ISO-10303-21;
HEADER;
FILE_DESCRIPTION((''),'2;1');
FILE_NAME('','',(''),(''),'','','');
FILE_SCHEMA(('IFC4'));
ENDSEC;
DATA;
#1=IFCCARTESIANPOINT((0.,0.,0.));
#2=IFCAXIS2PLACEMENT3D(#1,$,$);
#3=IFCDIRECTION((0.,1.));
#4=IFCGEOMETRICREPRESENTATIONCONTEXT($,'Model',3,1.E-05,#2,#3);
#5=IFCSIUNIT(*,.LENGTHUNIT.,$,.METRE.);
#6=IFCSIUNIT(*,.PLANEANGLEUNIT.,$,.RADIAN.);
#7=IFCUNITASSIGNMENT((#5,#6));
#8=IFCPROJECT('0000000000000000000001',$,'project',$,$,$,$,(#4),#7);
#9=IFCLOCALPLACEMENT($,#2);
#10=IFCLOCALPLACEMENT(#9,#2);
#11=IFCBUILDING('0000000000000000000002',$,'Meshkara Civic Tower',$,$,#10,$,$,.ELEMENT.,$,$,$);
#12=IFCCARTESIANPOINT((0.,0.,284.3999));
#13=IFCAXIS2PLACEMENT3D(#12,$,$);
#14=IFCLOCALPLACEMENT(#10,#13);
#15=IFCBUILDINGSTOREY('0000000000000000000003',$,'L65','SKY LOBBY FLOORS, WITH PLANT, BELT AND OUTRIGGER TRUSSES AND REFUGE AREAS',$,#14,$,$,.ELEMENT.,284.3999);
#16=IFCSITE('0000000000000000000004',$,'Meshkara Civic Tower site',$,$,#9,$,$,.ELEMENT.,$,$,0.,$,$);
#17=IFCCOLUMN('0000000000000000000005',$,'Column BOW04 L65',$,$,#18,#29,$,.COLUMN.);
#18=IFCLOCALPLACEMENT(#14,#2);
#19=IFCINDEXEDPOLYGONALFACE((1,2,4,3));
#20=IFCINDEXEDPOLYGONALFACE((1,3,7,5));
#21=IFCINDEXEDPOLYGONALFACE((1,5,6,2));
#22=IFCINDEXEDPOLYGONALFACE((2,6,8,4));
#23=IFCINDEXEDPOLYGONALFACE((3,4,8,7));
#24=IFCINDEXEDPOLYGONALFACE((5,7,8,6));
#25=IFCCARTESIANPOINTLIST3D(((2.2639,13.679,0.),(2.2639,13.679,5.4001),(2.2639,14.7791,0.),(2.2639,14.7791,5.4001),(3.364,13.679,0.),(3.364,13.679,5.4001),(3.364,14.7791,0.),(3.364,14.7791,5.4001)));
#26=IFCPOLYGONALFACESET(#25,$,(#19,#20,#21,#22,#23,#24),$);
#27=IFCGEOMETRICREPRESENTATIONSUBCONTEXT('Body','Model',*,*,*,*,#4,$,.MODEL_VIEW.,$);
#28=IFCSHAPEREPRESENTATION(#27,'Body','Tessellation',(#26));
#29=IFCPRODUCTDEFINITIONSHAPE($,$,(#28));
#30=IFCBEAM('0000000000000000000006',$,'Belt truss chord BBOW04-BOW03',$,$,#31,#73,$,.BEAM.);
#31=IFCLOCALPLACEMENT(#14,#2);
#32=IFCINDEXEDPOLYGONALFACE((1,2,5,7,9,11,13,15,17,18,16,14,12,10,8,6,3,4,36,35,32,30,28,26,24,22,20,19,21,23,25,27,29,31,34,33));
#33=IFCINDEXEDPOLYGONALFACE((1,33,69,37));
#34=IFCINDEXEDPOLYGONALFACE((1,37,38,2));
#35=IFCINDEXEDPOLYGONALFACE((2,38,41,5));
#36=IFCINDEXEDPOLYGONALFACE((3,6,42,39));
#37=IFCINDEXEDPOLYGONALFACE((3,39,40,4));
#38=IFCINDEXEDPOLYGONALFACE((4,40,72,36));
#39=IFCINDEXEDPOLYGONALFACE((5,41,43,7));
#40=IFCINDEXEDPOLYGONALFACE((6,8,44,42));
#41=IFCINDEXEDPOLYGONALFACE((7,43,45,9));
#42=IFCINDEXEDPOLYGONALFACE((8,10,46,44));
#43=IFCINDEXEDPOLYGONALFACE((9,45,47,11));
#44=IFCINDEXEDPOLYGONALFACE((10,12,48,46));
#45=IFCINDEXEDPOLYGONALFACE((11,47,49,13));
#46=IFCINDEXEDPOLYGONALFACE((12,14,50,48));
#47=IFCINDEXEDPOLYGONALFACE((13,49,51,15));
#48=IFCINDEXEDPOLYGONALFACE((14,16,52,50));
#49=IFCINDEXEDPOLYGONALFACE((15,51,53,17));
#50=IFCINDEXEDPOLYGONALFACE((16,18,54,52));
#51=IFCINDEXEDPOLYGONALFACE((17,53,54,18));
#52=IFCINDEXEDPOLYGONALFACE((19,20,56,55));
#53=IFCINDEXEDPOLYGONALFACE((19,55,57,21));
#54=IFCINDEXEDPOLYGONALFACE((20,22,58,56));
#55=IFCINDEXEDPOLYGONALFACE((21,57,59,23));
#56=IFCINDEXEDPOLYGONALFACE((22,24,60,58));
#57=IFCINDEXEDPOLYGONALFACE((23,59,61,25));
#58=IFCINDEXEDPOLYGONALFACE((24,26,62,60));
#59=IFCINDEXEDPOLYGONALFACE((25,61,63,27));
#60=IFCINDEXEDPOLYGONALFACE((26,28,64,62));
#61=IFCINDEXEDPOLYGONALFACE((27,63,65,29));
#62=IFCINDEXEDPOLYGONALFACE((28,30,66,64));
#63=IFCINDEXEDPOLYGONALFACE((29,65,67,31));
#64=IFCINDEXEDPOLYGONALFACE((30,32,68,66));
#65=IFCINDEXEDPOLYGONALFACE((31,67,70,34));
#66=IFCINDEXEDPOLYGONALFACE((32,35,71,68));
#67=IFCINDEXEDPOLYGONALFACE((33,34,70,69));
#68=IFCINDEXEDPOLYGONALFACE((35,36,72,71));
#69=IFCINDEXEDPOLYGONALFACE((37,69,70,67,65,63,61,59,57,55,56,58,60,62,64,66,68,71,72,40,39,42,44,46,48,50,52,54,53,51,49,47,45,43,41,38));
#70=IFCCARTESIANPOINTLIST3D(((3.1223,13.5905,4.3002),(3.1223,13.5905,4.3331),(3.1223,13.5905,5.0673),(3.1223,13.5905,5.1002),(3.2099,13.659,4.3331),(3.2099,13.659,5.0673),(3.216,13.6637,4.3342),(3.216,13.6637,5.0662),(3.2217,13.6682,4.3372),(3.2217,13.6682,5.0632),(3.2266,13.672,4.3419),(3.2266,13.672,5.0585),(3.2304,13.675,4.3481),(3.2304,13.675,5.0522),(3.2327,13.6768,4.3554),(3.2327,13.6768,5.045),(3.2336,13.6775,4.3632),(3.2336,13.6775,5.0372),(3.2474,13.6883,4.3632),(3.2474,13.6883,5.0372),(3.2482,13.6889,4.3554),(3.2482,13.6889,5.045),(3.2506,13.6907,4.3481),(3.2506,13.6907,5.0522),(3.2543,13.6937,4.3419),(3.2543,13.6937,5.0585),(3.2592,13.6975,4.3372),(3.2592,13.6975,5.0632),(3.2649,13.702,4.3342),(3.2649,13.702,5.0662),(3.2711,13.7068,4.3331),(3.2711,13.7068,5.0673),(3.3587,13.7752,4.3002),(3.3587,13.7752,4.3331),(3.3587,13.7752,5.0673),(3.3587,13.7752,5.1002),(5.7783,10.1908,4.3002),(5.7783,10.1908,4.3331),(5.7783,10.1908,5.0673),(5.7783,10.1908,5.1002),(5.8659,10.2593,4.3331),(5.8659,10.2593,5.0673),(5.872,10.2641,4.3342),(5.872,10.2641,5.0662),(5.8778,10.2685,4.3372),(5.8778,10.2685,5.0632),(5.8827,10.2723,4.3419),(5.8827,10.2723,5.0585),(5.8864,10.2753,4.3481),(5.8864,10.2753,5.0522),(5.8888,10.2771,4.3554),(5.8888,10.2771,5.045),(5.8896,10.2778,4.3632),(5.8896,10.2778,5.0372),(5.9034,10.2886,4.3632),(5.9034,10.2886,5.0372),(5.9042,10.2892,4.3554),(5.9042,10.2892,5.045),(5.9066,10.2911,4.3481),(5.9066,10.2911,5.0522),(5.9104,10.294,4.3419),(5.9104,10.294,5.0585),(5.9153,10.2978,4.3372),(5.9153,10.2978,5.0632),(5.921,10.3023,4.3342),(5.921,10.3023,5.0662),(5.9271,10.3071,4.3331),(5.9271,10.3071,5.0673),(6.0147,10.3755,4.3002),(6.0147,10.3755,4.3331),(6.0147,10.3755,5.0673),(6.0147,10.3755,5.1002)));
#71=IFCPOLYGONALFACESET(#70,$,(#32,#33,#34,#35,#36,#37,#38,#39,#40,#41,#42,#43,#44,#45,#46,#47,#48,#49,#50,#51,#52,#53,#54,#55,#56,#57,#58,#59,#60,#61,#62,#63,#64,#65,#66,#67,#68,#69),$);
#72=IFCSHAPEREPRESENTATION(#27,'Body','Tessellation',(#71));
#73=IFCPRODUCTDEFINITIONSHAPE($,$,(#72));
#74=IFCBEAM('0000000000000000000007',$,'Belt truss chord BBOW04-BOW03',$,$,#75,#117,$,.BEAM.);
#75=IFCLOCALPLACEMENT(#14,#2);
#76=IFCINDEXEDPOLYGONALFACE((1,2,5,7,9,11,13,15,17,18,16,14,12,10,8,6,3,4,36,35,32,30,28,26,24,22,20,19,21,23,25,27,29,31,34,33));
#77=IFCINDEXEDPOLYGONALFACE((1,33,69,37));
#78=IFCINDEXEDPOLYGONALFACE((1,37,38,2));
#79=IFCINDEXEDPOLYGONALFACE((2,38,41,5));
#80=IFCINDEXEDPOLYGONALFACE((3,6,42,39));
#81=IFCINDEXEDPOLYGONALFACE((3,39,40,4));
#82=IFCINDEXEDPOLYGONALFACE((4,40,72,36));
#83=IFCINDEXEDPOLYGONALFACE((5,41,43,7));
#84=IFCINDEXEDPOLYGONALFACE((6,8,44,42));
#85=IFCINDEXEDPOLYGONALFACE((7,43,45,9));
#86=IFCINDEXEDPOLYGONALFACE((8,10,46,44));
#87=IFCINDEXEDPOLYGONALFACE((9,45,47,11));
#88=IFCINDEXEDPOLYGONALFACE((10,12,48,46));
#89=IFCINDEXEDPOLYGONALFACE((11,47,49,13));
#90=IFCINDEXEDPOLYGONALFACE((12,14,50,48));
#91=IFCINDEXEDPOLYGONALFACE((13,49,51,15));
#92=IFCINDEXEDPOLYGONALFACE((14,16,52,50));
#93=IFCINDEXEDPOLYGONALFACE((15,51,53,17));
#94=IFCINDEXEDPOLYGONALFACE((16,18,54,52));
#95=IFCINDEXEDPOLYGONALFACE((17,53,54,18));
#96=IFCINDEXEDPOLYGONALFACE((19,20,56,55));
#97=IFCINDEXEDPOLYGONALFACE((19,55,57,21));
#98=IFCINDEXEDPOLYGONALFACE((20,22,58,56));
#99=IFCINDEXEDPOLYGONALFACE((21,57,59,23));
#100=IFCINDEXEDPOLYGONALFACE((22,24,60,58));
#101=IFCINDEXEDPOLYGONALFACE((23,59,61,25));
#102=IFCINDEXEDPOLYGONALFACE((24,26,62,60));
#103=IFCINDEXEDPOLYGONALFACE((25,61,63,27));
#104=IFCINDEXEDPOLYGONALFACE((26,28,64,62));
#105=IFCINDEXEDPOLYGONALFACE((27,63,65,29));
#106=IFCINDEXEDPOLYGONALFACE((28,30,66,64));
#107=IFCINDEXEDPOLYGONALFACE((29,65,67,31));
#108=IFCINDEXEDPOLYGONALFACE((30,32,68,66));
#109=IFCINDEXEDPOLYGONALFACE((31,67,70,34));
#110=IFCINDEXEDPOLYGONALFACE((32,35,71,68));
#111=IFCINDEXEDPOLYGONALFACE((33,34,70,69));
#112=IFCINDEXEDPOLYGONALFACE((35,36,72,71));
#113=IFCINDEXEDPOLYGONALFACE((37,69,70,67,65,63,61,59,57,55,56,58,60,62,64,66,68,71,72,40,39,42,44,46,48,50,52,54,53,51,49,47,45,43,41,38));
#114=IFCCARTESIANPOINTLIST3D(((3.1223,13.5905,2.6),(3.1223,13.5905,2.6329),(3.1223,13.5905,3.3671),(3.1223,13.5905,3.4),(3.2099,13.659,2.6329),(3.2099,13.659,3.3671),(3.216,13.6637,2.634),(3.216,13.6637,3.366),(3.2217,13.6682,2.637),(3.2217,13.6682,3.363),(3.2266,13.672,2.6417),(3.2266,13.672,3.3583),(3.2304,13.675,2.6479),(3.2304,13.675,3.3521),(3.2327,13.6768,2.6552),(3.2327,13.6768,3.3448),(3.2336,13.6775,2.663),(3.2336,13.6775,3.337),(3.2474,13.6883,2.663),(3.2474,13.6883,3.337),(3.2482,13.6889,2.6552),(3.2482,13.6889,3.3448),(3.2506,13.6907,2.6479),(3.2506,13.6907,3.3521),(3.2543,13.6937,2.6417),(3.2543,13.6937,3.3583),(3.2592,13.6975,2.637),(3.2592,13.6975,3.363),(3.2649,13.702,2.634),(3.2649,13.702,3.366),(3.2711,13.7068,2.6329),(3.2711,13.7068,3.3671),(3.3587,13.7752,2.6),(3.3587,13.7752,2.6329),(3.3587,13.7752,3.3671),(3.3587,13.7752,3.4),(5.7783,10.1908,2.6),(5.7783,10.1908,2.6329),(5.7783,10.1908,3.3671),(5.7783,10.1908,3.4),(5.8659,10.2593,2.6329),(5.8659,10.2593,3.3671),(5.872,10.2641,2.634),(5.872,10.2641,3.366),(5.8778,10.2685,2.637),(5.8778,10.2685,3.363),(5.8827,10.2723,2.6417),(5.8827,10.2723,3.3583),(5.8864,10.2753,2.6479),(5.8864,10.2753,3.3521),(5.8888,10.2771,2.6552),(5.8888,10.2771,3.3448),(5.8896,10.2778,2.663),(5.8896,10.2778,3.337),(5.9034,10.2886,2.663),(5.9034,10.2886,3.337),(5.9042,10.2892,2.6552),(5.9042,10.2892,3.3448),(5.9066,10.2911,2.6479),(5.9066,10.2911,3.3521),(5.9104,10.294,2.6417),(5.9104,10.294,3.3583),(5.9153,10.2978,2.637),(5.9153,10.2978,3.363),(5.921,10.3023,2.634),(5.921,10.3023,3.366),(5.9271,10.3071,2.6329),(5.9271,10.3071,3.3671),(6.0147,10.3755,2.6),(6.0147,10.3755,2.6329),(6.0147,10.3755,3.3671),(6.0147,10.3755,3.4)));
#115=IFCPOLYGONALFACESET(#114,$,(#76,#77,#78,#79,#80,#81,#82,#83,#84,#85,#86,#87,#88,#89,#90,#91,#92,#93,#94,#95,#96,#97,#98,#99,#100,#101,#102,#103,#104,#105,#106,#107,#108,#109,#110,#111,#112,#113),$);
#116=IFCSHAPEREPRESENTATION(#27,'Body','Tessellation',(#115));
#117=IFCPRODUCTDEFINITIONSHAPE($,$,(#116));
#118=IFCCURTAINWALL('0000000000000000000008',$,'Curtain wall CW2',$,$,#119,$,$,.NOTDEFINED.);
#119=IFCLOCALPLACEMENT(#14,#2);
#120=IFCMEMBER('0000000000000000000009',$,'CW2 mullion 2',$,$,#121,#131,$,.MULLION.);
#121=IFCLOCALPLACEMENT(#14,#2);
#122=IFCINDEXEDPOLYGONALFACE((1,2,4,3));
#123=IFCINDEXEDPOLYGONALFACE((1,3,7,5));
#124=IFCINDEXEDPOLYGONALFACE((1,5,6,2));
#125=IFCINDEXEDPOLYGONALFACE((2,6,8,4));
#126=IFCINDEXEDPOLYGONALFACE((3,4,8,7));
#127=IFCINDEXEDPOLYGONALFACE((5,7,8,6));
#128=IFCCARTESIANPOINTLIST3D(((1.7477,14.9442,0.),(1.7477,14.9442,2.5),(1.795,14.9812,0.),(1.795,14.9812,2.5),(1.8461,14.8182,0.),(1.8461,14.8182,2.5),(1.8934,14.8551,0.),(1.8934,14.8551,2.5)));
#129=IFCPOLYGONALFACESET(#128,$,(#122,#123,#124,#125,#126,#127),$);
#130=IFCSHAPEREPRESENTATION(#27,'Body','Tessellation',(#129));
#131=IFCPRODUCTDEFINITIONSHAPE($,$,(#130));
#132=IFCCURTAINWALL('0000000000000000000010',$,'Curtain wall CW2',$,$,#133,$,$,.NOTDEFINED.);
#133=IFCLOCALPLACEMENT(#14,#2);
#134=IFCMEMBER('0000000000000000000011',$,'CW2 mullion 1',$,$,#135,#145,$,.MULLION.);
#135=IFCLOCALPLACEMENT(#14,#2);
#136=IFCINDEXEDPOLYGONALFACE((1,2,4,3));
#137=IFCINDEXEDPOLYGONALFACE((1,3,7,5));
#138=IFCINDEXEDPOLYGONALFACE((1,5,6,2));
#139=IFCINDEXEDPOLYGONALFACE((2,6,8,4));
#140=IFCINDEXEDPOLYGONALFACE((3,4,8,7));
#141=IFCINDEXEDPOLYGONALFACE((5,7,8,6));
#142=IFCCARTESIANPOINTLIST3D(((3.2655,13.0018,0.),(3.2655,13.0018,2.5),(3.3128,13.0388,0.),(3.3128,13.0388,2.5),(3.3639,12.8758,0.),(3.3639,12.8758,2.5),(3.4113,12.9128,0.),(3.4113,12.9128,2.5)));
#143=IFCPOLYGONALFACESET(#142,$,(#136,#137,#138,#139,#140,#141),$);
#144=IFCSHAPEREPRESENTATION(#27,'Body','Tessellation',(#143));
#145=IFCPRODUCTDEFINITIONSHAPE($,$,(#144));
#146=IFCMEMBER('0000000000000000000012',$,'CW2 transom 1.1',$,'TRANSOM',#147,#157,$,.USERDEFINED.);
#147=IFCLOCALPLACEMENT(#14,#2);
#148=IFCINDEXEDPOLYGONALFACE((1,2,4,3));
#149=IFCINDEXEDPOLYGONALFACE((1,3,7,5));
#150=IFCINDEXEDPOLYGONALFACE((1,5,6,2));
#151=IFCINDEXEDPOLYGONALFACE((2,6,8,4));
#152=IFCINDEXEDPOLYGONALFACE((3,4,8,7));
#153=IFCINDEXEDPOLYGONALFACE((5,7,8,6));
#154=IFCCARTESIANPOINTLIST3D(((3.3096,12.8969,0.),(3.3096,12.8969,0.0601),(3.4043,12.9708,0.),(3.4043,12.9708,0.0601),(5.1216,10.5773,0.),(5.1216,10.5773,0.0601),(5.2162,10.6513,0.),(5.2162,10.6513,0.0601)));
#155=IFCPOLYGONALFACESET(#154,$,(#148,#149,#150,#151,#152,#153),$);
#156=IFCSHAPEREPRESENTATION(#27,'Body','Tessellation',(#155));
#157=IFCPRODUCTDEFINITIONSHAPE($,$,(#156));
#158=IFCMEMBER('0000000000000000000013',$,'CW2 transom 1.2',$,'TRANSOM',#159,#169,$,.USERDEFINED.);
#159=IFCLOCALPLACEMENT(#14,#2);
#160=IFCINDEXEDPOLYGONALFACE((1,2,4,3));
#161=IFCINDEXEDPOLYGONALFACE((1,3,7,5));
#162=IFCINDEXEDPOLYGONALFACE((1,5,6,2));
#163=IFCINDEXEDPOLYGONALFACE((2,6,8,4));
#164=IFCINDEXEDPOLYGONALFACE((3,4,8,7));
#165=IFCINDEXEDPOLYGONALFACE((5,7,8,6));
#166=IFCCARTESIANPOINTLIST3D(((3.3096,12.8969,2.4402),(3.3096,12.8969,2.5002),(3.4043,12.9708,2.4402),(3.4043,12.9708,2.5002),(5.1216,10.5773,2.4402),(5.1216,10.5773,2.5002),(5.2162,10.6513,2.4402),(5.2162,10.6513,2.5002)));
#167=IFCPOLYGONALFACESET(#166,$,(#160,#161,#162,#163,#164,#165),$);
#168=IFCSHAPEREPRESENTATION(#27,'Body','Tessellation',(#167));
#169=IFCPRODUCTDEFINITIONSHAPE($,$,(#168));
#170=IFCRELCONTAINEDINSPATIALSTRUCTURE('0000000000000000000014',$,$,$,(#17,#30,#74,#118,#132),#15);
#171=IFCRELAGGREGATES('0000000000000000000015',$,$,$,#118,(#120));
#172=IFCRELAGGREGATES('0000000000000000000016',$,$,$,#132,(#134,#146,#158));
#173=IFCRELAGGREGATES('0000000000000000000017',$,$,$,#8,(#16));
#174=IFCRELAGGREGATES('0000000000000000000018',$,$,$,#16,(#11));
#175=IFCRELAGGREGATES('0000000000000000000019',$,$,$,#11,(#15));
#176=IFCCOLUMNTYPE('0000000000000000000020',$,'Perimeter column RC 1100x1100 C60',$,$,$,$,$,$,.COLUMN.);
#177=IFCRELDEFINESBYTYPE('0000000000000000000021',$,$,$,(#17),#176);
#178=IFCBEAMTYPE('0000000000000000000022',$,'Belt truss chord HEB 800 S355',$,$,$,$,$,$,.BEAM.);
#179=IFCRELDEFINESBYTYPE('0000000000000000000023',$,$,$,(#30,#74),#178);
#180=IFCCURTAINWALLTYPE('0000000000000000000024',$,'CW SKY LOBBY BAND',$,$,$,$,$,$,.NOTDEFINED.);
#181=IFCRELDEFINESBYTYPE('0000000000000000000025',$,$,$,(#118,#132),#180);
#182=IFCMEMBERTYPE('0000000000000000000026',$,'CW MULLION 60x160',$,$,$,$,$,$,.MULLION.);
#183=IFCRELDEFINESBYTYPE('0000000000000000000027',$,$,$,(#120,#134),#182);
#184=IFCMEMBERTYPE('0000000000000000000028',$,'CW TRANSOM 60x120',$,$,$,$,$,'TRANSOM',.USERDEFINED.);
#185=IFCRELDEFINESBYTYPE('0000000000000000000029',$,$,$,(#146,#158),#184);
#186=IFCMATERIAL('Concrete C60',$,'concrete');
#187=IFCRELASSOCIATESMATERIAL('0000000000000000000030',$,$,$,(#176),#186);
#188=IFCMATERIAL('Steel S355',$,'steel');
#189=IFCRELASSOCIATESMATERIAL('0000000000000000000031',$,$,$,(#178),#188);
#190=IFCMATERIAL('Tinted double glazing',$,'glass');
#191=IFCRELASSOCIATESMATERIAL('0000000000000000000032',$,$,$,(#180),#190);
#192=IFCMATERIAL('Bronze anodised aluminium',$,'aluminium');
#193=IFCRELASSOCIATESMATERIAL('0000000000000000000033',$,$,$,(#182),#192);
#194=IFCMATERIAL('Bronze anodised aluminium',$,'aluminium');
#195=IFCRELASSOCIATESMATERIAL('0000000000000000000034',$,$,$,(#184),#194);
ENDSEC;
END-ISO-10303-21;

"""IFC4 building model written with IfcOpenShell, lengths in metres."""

from ifc_helpers import new_model, si_unit, direction, frame, origin, origin_2d, place, context, subcontext, project, spatial, rectangle, i_section, extrude, material, material_profile, profile_set, type_object, element, aggregate, save


model = new_model("IFC4")

# Units and contexts
model_context = context("Model", 3, precision=1e-05, world=origin(), true_north=direction((0.0, 1.0)))
body_context = subcontext(model_context, "Body", "Model", "MODEL_VIEW")
ifc_project = project(units=[si_unit("LENGTHUNIT", "METRE"), si_unit("PLANEANGLEUNIT", "RADIAN")], contexts=[model_context])

# Site, building, storey
site_placement = place(None, origin())
site = spatial("IfcSite", under=ifc_project, at=site_placement, Name="Meshkara Civic Tower site", CompositionType="ELEMENT", RefElevation=0.0)
building_placement = place(site_placement, origin())
building = spatial("IfcBuilding", under=site, at=building_placement, Name="Meshkara Civic Tower", CompositionType="ELEMENT")
storey_placement = place(building_placement, frame((0.0, 0.0, 284.3999)))
storey = spatial("IfcBuildingStorey", under=building, at=storey_placement, Name="L65", Description="SKY LOBBY FLOORS, WITH PLANT, BELT AND OUTRIGGER TRUSSES AND REFUGE AREAS", CompositionType="ELEMENT", Elevation=284.3999)

# Column
ifc_material_1 = material(Name="Concrete C60", Category="concrete")
ifc_material_profile_1 = material_profile(ifc_material_1, rectangle(XDim=1.1001, YDim=1.1001, at=origin_2d()))
ifc_profile_set_1 = profile_set([ifc_material_profile_1], Name="Concrete C60")
column_type = type_object("IfcColumnType", Name="Perimeter column RC 1100x1100 C60", PredefinedType="COLUMN", material=ifc_profile_set_1)
column_placement = place(storey_placement, frame((2.814, 14.229, 0.0), z_axis=(0.0, 0.0, 1.0), x_axis=(1.0, 0.0, 0.0)))
element("IfcColumn", 1, at=column_placement, inside=storey, type_object=column_type, Name="Column BOW04 L65", PredefinedType="COLUMN", context=body_context, shape_type="SweptSolid", body=[
    extrude(rectangle(XDim=1.1001, YDim=1.1001, at=origin_2d()), origin(), (0.0, 0.0, 1.0), 5.4001),
])

# Beams
ifc_material_2 = material(Name="Steel S355", Category="steel")
ifc_material_profile_2 = material_profile(ifc_material_2, i_section(OverallWidth=0.3, OverallDepth=0.8, WebThickness=0.0176, FlangeThickness=0.033, FilletRadius=0.03, at=origin_2d()))
ifc_profile_set_2 = profile_set([ifc_material_profile_2], Name="Steel S355")
beam_type = type_object("IfcBeamType", Name="Belt truss chord HEB 800 S355", PredefinedType="BEAM", material=ifc_profile_set_2)
for number, where, z_axis, x_axis, name in (
    (2, (3.2405, 13.6829, 4.7002), (0.615647, -0.788022, 0.0), (0.788022, 0.615647, 0.0), "Belt truss chord BBOW04-BOW03"),
    (3, (3.2405, 13.6829, 3.0), (0.615647, -0.788022, 0.0), (0.788022, 0.615647, 0.0), "Belt truss chord BBOW04-BOW03"),
):
    element("IfcBeam", number, at=place(storey_placement, frame(where, z_axis=z_axis, x_axis=x_axis)), inside=storey, type_object=beam_type, Name=name, PredefinedType="BEAM", context=body_context, shape_type="SweptSolid", body=[
        extrude(i_section(OverallWidth=0.3, OverallDepth=0.8, WebThickness=0.0176, FlangeThickness=0.033, FilletRadius=0.03, at=origin_2d()), origin(), (0.0, 0.0, 1.0), 4.3142),
    ])

# Curtain wall, member
ifc_material_3 = material(Name="Tinted double glazing", Category="glass")
curtain_wall_type = type_object("IfcCurtainWallType", Name="CW SKY LOBBY BAND", PredefinedType="NOTDEFINED", material=ifc_material_3)
curtain_wall_1_placement = place(storey_placement, origin())
curtain_wall_1 = element("IfcCurtainWall", 4, at=curtain_wall_1_placement, inside=storey, type_object=curtain_wall_type, Name="Curtain wall CW2", PredefinedType="NOTDEFINED")
ifc_material_4 = material(Name="Bronze anodised aluminium", Category="aluminium")
ifc_material_profile_3 = material_profile(ifc_material_4, rectangle(XDim=0.0601, YDim=0.1599, at=origin_2d()))
ifc_profile_set_3 = profile_set([ifc_material_profile_3], Name="Bronze anodised aluminium")
member_type_1 = type_object("IfcMemberType", Name="CW MULLION 60x160", PredefinedType="MULLION", material=ifc_profile_set_3)
member_1_placement = place(storey_placement, frame((1.8206, 14.8997, 0.0), z_axis=(0.0, 0.0, 1.0), x_axis=(0.787961, 0.615726, 0.0)))
member_1 = element("IfcMember", 5, at=member_1_placement, type_object=member_type_1, Name="CW2 mullion 2", PredefinedType="MULLION", context=body_context, shape_type="SweptSolid", body=[
    extrude(rectangle(XDim=0.0601, YDim=0.1599, at=origin_2d()), origin(), (0.0, 0.0, 1.0), 2.5),
])
aggregate(curtain_wall_1, [member_1])

# Curtain wall, members
curtain_wall_2_placement = place(storey_placement, origin())
curtain_wall_2 = element("IfcCurtainWall", 6, at=curtain_wall_2_placement, inside=storey, type_object=curtain_wall_type, Name="Curtain wall CW2", PredefinedType="NOTDEFINED")
member_2_placement = place(storey_placement, frame((3.3384, 12.9573, 0.0), z_axis=(0.0, 0.0, 1.0), x_axis=(0.788014, 0.615657, 0.0)))
member_2 = element("IfcMember", 7, at=member_2_placement, type_object=member_type_1, Name="CW2 mullion 1", PredefinedType="MULLION", context=body_context, shape_type="SweptSolid", body=[
    extrude(rectangle(XDim=0.0601, YDim=0.1599, at=origin_2d()), origin(), (0.0, 0.0, 1.0), 2.5),
])
ifc_material_5 = material(Name="Bronze anodised aluminium", Category="aluminium")
ifc_material_profile_4 = material_profile(ifc_material_5, rectangle(XDim=0.1201, YDim=0.0601, at=origin_2d()))
ifc_profile_set_4 = profile_set([ifc_material_profile_4], Name="Bronze anodised aluminium")
member_type_2 = type_object("IfcMemberType", Name="CW TRANSOM 60x120", ElementType="TRANSOM", PredefinedType="USERDEFINED", material=ifc_profile_set_4)
member_3_placement = place(storey_placement, frame((3.3569, 12.9338, 0.03), z_axis=(0.61561, -0.788051, 0.0), x_axis=(0.788051, 0.61561, 0.0)))
member_3 = element("IfcMember", 8, at=member_3_placement, type_object=member_type_2, Name="CW2 transom 1.1", ObjectType="TRANSOM", PredefinedType="USERDEFINED", context=body_context, shape_type="SweptSolid", body=[
    extrude(rectangle(XDim=0.1201, YDim=0.0601, at=origin_2d()), origin(), (0.0, 0.0, 1.0), 2.9434),
])
member_4_placement = place(storey_placement, frame((3.3569, 12.9338, 2.4702), z_axis=(0.61561, -0.788051, 0.0), x_axis=(0.788051, 0.61561, 0.0)))
member_4 = element("IfcMember", 9, at=member_4_placement, type_object=member_type_2, Name="CW2 transom 1.2", ObjectType="TRANSOM", PredefinedType="USERDEFINED", context=body_context, shape_type="SweptSolid", body=[
    extrude(rectangle(XDim=0.1201, YDim=0.0601, at=origin_2d()), origin(), (0.0, 0.0, 1.0), 2.9434),
])

aggregate(curtain_wall_2, [member_2, member_3, member_4])

save(model, "model.ifc")
